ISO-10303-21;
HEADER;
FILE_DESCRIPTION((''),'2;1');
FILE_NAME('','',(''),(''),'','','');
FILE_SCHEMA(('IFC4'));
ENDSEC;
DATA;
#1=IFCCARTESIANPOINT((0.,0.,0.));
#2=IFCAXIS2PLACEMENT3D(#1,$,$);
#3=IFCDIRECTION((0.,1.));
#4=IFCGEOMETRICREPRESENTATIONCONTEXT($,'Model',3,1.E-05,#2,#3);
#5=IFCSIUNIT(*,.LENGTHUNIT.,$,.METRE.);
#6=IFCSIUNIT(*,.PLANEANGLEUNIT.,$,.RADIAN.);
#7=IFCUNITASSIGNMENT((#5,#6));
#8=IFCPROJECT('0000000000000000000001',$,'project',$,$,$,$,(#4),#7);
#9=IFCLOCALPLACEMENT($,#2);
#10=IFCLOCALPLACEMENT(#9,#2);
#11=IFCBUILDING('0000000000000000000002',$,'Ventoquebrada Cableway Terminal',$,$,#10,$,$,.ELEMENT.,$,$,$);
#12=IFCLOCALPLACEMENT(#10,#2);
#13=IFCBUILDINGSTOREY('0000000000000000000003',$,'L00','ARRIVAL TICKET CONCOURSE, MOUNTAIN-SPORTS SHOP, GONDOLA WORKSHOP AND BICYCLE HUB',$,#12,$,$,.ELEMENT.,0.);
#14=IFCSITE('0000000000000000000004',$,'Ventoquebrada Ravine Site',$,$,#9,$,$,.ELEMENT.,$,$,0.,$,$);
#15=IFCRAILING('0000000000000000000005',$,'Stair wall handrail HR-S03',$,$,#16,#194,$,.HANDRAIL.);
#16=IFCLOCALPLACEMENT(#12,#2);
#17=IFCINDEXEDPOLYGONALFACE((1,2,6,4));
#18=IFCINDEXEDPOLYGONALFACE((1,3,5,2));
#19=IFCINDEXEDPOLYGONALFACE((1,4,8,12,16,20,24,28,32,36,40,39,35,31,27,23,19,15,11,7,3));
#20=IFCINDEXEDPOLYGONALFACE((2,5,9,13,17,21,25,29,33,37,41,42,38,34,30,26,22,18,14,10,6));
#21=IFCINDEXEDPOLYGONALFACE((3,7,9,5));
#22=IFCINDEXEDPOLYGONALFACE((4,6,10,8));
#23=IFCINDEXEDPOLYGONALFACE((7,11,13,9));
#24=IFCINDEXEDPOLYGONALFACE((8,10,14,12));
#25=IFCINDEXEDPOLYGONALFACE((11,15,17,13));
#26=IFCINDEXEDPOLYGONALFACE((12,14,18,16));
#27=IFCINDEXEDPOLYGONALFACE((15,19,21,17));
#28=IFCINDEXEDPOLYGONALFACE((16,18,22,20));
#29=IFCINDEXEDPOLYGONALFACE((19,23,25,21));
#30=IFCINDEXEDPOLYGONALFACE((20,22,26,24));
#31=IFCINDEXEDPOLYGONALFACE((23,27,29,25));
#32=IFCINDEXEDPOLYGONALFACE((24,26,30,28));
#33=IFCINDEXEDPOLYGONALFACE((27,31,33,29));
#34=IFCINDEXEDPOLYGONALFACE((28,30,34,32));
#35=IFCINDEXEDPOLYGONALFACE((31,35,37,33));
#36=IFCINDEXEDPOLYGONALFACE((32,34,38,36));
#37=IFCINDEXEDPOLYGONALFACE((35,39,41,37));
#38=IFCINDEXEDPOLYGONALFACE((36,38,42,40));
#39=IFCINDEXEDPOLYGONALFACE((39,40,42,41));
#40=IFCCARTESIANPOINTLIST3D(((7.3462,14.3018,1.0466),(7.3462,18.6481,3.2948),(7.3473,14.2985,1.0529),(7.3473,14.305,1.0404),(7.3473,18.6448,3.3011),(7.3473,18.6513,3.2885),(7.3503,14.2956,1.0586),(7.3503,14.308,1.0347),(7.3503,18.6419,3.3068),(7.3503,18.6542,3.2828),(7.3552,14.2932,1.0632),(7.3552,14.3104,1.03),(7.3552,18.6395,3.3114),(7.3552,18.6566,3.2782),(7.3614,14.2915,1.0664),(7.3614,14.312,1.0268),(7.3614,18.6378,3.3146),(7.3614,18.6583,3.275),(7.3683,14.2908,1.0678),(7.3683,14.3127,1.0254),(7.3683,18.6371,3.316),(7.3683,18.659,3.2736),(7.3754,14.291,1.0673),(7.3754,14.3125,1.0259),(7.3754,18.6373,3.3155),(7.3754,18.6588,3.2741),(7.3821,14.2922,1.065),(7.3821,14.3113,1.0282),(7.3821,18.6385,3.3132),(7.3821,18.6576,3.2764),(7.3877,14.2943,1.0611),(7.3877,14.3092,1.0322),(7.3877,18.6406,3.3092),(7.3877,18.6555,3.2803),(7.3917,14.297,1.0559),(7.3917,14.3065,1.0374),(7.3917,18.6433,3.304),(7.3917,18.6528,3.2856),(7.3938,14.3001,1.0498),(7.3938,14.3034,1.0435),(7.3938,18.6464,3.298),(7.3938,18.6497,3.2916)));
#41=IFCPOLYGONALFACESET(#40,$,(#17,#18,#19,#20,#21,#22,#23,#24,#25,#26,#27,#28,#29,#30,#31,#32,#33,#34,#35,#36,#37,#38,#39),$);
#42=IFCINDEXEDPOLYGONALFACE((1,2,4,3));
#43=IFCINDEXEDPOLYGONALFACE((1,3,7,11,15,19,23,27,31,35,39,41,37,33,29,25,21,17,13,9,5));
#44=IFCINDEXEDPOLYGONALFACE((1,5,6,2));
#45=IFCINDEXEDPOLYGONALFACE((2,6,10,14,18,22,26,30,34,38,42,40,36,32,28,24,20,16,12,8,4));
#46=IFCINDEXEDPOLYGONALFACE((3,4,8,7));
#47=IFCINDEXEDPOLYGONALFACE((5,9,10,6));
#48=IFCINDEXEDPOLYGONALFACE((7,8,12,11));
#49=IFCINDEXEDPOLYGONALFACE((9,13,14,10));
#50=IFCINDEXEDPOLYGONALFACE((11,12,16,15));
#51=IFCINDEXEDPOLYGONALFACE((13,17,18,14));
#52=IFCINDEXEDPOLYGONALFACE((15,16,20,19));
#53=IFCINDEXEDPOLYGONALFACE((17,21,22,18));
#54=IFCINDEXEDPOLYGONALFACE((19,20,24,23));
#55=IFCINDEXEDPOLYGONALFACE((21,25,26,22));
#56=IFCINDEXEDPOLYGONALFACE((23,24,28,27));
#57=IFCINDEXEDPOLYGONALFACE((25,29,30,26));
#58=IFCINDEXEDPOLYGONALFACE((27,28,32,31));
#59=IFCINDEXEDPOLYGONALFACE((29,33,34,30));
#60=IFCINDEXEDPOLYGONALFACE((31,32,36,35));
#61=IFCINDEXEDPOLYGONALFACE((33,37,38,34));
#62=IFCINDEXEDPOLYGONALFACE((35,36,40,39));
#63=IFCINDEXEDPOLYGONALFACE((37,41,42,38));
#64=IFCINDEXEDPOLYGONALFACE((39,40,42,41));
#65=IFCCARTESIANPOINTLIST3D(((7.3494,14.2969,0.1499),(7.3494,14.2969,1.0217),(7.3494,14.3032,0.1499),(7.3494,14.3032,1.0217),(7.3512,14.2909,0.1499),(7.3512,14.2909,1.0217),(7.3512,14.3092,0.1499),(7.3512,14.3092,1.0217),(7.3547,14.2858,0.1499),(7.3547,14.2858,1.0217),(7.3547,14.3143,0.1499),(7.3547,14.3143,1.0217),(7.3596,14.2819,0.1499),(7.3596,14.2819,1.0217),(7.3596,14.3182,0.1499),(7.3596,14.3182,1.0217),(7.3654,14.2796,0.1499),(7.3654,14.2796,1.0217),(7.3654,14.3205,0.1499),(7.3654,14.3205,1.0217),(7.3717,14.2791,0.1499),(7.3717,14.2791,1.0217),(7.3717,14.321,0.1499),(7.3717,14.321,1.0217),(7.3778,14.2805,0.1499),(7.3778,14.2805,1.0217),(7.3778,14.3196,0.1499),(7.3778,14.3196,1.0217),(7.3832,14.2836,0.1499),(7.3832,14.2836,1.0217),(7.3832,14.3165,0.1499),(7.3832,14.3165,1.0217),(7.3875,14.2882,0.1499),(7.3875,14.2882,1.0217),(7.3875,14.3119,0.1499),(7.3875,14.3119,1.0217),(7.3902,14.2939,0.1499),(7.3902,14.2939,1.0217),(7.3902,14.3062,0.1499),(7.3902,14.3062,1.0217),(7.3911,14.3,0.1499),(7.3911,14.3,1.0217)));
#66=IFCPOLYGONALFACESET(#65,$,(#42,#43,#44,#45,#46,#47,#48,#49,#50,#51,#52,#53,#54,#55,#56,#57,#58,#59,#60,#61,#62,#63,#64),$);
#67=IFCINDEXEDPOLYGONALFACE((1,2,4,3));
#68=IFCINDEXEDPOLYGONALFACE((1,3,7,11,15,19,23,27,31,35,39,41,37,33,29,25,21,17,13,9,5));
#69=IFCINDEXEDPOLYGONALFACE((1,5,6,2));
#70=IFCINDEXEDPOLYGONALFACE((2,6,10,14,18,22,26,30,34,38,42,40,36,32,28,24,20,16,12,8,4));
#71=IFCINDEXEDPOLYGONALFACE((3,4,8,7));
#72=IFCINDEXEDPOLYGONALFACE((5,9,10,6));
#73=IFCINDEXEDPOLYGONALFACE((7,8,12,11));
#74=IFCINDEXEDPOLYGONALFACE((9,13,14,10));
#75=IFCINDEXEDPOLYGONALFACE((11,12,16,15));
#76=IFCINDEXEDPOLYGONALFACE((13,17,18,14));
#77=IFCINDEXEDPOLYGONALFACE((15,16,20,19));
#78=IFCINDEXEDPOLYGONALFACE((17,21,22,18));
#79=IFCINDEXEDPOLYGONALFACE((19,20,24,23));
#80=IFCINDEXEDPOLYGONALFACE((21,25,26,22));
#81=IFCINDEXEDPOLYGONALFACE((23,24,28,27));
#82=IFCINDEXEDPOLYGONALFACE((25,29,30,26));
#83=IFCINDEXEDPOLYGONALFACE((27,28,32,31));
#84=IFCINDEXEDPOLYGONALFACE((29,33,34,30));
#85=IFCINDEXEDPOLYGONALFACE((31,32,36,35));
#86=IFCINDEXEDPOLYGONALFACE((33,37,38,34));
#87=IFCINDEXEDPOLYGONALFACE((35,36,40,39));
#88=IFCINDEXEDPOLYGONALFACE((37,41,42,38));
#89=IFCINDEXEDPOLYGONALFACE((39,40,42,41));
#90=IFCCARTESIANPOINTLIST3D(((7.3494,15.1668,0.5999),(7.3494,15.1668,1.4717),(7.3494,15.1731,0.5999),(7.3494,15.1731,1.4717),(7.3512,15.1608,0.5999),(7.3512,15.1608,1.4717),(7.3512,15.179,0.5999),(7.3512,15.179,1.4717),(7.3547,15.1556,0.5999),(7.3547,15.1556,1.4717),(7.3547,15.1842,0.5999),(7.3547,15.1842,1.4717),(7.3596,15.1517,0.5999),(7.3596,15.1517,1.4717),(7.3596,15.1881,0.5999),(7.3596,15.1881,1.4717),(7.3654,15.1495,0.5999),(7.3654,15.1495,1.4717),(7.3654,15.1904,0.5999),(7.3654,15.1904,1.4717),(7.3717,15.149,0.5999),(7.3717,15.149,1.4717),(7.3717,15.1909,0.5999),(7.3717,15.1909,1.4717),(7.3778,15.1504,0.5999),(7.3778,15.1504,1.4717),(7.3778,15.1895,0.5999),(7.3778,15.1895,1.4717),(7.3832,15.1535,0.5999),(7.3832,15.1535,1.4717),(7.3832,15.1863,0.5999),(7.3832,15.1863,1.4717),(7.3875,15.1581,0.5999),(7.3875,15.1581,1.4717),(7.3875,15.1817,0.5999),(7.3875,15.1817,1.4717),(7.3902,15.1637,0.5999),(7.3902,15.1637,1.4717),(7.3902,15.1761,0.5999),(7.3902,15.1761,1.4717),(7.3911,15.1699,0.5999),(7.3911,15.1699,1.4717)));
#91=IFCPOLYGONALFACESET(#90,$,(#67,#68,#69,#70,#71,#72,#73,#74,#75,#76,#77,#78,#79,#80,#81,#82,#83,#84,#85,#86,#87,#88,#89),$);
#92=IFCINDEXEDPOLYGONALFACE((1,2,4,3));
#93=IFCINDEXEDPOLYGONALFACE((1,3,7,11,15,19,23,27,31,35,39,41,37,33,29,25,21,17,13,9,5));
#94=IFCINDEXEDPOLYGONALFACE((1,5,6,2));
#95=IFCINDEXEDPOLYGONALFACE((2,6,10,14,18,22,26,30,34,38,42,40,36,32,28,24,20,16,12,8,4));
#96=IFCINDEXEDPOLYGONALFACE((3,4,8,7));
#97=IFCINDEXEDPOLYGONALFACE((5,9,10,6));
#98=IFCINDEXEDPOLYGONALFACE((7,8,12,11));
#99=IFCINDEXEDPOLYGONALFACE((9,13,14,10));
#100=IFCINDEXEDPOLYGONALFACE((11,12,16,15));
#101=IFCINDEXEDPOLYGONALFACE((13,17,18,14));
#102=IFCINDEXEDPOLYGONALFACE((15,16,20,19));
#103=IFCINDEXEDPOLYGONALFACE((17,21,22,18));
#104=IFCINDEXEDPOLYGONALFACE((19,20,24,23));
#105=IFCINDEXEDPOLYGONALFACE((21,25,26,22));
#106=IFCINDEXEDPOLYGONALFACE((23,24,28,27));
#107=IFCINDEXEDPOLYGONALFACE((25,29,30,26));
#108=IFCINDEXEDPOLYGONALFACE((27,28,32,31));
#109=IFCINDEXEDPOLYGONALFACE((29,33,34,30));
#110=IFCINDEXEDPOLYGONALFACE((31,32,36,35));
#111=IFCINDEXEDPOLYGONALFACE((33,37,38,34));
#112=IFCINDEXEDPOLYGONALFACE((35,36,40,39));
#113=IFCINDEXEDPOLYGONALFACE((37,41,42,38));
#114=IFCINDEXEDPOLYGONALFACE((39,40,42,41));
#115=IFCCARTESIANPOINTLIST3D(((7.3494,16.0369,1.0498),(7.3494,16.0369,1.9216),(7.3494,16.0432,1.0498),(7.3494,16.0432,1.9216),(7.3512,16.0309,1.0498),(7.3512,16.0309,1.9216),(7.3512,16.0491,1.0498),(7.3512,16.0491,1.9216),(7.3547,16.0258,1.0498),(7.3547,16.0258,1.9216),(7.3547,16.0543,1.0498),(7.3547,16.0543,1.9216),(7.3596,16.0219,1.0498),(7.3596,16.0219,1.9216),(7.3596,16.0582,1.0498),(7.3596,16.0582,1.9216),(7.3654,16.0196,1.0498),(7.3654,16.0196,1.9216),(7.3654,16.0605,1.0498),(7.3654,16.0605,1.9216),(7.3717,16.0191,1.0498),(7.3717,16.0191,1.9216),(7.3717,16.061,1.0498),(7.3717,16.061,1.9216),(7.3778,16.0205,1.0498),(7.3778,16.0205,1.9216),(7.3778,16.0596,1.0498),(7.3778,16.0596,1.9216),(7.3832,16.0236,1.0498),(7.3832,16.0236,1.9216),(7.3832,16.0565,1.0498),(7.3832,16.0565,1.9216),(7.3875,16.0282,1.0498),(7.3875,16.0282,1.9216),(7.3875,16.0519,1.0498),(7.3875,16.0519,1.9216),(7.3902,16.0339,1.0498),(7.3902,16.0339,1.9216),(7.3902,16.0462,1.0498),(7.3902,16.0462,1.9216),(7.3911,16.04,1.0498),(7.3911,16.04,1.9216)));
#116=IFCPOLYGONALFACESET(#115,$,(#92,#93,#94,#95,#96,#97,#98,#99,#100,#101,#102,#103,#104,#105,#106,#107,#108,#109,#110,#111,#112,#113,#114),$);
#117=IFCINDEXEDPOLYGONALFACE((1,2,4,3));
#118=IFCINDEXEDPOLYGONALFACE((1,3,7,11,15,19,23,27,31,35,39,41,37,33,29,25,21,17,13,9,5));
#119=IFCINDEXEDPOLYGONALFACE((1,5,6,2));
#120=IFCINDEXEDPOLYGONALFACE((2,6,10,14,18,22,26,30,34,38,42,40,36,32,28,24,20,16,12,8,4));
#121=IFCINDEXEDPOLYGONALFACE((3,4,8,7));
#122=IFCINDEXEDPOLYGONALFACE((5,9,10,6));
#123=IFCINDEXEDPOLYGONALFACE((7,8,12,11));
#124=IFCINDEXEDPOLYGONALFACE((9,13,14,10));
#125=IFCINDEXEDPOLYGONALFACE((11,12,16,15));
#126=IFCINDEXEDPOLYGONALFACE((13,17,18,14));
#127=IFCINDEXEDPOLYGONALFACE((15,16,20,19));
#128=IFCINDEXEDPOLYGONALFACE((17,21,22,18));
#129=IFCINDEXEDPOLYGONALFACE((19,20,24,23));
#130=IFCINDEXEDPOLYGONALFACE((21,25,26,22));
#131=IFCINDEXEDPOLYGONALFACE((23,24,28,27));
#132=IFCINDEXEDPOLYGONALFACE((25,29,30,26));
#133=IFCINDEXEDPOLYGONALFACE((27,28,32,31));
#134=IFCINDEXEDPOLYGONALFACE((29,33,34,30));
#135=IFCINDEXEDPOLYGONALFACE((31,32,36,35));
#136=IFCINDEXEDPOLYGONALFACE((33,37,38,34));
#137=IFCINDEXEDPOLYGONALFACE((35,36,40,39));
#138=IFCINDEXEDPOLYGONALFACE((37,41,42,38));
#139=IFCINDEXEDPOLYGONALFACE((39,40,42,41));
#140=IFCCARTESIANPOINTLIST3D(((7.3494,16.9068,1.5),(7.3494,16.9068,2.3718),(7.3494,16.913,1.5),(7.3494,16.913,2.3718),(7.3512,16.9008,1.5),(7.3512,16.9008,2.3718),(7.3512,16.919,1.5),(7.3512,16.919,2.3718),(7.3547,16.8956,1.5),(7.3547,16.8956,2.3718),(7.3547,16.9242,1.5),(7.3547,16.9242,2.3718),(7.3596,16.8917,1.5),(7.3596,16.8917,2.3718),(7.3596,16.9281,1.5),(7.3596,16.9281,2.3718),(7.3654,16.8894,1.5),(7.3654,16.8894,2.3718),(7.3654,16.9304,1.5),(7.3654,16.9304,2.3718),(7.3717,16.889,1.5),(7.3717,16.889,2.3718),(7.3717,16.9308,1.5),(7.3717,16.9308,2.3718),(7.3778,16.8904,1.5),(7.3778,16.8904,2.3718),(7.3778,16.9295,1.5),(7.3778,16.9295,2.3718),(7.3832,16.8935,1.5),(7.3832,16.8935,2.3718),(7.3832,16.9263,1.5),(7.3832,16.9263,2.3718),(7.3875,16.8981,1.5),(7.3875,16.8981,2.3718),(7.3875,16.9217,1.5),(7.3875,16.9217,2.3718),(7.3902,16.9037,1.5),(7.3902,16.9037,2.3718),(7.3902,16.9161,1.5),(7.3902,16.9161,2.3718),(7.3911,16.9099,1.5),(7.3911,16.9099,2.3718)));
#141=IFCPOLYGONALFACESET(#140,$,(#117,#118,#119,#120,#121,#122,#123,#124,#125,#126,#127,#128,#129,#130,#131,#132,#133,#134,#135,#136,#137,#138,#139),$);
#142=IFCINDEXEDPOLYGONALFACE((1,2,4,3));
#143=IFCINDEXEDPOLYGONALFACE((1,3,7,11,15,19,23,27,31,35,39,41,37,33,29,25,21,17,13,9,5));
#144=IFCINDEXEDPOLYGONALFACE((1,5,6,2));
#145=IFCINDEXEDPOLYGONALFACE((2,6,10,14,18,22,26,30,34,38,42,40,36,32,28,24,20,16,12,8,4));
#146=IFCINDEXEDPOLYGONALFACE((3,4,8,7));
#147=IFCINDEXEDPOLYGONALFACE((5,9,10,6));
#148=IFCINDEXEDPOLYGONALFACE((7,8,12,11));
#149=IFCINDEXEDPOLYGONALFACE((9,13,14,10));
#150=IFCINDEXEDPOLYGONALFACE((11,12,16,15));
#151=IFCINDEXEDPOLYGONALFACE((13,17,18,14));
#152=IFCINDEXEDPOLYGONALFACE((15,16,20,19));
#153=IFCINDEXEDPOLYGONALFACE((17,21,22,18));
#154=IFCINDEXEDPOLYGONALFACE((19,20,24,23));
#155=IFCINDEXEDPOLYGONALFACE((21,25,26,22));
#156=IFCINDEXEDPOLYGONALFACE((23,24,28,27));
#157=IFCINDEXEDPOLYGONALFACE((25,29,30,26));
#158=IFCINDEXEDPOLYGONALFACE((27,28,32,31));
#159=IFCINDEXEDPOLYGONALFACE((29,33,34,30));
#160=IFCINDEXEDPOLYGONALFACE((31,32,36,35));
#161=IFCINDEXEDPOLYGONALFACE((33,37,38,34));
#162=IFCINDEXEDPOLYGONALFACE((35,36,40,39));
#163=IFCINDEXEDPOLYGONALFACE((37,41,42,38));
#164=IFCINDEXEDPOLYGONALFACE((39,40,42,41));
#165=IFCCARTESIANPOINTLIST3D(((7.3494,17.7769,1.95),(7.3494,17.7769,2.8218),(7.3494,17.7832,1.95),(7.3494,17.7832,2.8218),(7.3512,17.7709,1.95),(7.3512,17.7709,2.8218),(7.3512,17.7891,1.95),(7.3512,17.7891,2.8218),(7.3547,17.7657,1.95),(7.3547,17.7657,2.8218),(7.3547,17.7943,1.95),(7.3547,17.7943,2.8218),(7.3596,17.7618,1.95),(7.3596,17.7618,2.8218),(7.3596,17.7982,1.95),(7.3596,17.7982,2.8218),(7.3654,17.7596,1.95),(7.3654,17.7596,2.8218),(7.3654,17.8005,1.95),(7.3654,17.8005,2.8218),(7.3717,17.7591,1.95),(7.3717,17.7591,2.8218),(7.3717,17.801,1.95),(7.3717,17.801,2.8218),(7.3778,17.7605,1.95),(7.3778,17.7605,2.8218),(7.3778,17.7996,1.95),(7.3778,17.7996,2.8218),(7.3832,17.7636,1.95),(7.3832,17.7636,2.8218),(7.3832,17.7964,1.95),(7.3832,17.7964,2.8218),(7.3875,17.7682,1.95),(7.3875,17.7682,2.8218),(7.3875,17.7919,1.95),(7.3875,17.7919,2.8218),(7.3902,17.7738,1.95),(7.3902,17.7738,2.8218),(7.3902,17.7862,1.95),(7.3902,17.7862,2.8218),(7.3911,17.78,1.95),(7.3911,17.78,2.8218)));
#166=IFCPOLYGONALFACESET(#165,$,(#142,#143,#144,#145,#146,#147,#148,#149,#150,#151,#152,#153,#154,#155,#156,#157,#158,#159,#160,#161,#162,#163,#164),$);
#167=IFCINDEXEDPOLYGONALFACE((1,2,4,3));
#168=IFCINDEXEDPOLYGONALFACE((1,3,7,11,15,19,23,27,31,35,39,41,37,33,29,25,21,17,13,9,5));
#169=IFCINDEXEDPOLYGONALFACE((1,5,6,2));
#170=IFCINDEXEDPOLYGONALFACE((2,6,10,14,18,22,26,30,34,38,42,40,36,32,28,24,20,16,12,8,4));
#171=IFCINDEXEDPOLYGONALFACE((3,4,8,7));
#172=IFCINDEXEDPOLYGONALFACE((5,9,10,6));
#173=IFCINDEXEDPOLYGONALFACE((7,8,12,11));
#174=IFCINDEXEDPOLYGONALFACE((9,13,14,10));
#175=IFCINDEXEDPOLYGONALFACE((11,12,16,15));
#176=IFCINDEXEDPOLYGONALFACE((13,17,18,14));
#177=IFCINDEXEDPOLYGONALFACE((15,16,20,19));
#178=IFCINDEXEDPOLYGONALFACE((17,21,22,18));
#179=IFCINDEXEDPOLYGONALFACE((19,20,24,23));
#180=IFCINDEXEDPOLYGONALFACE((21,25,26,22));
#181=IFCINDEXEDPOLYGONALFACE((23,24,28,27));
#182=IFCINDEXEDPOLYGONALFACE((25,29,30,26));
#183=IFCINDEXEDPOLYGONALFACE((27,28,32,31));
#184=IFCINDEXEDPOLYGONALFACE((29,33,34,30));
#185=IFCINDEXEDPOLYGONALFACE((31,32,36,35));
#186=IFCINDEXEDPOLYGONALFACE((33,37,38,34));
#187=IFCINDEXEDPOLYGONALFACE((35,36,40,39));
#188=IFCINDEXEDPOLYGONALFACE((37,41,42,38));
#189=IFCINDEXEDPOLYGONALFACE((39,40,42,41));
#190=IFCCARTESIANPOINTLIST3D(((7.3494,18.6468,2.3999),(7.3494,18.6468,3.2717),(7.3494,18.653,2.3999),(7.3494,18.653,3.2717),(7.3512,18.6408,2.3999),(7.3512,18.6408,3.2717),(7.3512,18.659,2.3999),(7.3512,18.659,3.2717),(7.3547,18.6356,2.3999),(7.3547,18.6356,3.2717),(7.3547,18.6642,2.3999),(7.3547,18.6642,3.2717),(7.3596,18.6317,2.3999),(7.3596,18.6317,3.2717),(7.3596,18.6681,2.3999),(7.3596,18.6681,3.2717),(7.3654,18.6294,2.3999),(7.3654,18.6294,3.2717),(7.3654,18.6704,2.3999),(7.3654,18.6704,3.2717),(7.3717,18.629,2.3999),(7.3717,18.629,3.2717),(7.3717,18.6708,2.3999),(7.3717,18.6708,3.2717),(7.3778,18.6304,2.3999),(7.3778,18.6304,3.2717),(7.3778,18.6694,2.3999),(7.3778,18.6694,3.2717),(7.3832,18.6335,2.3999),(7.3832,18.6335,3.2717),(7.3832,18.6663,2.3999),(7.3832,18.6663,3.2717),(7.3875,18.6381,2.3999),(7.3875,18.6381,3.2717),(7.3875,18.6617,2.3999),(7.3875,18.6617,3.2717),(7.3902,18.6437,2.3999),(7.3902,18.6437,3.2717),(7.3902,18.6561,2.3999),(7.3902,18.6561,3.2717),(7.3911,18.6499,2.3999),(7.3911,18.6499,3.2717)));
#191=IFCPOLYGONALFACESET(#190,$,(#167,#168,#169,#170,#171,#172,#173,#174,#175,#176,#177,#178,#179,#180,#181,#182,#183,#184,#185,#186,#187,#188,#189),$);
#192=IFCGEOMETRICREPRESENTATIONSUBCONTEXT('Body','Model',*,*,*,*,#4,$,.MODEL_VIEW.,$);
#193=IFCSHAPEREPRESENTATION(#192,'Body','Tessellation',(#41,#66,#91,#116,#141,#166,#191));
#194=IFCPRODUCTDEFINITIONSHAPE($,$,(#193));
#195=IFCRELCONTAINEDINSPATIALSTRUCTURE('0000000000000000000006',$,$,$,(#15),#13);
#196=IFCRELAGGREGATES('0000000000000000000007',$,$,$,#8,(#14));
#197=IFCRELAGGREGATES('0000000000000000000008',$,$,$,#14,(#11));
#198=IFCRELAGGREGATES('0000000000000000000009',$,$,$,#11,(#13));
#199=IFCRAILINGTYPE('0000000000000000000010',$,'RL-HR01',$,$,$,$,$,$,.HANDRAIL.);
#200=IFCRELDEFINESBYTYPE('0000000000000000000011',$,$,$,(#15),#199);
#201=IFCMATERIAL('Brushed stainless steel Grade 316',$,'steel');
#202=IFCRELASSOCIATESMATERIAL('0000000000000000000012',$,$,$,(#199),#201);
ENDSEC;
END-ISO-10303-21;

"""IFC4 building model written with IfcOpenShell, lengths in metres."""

from ifc_helpers import new_model, si_unit, direction, frame, origin, origin_2d, place, context, subcontext, project, spatial, circle, extrude, material, type_object, element, save


model = new_model("IFC4")

# Units and contexts
model_context = context("Model", 3, precision=1e-05, world=origin(), true_north=direction((0.0, 1.0)))
body_context = subcontext(model_context, "Body", "Model", "MODEL_VIEW")
ifc_project = project(units=[si_unit("LENGTHUNIT", "METRE"), si_unit("PLANEANGLEUNIT", "RADIAN")], contexts=[model_context])

# Site, building, storey
site_placement = place(None, origin())
site = spatial("IfcSite", under=ifc_project, at=site_placement, Name="Ventoquebrada Ravine Site", CompositionType="ELEMENT", RefElevation=0.0)
building_placement = place(site_placement, origin())
building = spatial("IfcBuilding", under=site, at=building_placement, Name="Ventoquebrada Cableway Terminal", CompositionType="ELEMENT")
storey_placement = place(building_placement, origin())
storey = spatial("IfcBuildingStorey", under=building, at=storey_placement, Name="L00", Description="ARRIVAL TICKET CONCOURSE, MOUNTAIN-SPORTS SHOP, GONDOLA WORKSHOP AND BICYCLE HUB", CompositionType="ELEMENT", Elevation=0.0)

# Railing
ifc_material_1 = material(Name="Brushed stainless steel Grade 316", Category="steel")
railing_type_1 = type_object("IfcRailingType", Name="RL-HR01", PredefinedType="HANDRAIL", material=ifc_material_1)
railing_1_placement = place(storey_placement, frame((7.3701, 14.3, 0.1499)))
element("IfcRailing", 1, at=railing_1_placement, inside=storey, type_object=railing_type_1, Name="Stair wall handrail HR-S03", PredefinedType="HANDRAIL", context=body_context, shape_type="SweptSolid", body=[
    extrude(circle(Radius=0.0239, at=origin_2d()), frame((0.0, 0.0017, 0.8967), z_axis=(0.0, 0.888211, 0.459435), x_axis=(-1.0, 0.0, 0.0)), (0.0, 0.0, 1.0), 4.8933),
    extrude(circle(Radius=0.021, at=origin_2d()), origin(), (0.0, 0.0, 1.0), 0.8718),
    extrude(circle(Radius=0.021, at=origin_2d()), frame((0.0, 0.8699, 0.45)), (0.0, 0.0, 1.0), 0.8718),
    extrude(circle(Radius=0.021, at=origin_2d()), frame((0.0, 1.74, 0.8999)), (0.0, 0.0, 1.0), 0.8718),
    extrude(circle(Radius=0.021, at=origin_2d()), frame((0.0, 2.6099, 1.3501)), (0.0, 0.0, 1.0), 0.8718),
    extrude(circle(Radius=0.021, at=origin_2d()), frame((0.0, 3.48, 1.8)), (0.0, 0.0, 1.0), 0.8718),
    extrude(circle(Radius=0.021, at=origin_2d()), frame((0.0, 4.3499, 2.25)), (0.0, 0.0, 1.0), 0.8718),
])

save(model, "model.ifc")
